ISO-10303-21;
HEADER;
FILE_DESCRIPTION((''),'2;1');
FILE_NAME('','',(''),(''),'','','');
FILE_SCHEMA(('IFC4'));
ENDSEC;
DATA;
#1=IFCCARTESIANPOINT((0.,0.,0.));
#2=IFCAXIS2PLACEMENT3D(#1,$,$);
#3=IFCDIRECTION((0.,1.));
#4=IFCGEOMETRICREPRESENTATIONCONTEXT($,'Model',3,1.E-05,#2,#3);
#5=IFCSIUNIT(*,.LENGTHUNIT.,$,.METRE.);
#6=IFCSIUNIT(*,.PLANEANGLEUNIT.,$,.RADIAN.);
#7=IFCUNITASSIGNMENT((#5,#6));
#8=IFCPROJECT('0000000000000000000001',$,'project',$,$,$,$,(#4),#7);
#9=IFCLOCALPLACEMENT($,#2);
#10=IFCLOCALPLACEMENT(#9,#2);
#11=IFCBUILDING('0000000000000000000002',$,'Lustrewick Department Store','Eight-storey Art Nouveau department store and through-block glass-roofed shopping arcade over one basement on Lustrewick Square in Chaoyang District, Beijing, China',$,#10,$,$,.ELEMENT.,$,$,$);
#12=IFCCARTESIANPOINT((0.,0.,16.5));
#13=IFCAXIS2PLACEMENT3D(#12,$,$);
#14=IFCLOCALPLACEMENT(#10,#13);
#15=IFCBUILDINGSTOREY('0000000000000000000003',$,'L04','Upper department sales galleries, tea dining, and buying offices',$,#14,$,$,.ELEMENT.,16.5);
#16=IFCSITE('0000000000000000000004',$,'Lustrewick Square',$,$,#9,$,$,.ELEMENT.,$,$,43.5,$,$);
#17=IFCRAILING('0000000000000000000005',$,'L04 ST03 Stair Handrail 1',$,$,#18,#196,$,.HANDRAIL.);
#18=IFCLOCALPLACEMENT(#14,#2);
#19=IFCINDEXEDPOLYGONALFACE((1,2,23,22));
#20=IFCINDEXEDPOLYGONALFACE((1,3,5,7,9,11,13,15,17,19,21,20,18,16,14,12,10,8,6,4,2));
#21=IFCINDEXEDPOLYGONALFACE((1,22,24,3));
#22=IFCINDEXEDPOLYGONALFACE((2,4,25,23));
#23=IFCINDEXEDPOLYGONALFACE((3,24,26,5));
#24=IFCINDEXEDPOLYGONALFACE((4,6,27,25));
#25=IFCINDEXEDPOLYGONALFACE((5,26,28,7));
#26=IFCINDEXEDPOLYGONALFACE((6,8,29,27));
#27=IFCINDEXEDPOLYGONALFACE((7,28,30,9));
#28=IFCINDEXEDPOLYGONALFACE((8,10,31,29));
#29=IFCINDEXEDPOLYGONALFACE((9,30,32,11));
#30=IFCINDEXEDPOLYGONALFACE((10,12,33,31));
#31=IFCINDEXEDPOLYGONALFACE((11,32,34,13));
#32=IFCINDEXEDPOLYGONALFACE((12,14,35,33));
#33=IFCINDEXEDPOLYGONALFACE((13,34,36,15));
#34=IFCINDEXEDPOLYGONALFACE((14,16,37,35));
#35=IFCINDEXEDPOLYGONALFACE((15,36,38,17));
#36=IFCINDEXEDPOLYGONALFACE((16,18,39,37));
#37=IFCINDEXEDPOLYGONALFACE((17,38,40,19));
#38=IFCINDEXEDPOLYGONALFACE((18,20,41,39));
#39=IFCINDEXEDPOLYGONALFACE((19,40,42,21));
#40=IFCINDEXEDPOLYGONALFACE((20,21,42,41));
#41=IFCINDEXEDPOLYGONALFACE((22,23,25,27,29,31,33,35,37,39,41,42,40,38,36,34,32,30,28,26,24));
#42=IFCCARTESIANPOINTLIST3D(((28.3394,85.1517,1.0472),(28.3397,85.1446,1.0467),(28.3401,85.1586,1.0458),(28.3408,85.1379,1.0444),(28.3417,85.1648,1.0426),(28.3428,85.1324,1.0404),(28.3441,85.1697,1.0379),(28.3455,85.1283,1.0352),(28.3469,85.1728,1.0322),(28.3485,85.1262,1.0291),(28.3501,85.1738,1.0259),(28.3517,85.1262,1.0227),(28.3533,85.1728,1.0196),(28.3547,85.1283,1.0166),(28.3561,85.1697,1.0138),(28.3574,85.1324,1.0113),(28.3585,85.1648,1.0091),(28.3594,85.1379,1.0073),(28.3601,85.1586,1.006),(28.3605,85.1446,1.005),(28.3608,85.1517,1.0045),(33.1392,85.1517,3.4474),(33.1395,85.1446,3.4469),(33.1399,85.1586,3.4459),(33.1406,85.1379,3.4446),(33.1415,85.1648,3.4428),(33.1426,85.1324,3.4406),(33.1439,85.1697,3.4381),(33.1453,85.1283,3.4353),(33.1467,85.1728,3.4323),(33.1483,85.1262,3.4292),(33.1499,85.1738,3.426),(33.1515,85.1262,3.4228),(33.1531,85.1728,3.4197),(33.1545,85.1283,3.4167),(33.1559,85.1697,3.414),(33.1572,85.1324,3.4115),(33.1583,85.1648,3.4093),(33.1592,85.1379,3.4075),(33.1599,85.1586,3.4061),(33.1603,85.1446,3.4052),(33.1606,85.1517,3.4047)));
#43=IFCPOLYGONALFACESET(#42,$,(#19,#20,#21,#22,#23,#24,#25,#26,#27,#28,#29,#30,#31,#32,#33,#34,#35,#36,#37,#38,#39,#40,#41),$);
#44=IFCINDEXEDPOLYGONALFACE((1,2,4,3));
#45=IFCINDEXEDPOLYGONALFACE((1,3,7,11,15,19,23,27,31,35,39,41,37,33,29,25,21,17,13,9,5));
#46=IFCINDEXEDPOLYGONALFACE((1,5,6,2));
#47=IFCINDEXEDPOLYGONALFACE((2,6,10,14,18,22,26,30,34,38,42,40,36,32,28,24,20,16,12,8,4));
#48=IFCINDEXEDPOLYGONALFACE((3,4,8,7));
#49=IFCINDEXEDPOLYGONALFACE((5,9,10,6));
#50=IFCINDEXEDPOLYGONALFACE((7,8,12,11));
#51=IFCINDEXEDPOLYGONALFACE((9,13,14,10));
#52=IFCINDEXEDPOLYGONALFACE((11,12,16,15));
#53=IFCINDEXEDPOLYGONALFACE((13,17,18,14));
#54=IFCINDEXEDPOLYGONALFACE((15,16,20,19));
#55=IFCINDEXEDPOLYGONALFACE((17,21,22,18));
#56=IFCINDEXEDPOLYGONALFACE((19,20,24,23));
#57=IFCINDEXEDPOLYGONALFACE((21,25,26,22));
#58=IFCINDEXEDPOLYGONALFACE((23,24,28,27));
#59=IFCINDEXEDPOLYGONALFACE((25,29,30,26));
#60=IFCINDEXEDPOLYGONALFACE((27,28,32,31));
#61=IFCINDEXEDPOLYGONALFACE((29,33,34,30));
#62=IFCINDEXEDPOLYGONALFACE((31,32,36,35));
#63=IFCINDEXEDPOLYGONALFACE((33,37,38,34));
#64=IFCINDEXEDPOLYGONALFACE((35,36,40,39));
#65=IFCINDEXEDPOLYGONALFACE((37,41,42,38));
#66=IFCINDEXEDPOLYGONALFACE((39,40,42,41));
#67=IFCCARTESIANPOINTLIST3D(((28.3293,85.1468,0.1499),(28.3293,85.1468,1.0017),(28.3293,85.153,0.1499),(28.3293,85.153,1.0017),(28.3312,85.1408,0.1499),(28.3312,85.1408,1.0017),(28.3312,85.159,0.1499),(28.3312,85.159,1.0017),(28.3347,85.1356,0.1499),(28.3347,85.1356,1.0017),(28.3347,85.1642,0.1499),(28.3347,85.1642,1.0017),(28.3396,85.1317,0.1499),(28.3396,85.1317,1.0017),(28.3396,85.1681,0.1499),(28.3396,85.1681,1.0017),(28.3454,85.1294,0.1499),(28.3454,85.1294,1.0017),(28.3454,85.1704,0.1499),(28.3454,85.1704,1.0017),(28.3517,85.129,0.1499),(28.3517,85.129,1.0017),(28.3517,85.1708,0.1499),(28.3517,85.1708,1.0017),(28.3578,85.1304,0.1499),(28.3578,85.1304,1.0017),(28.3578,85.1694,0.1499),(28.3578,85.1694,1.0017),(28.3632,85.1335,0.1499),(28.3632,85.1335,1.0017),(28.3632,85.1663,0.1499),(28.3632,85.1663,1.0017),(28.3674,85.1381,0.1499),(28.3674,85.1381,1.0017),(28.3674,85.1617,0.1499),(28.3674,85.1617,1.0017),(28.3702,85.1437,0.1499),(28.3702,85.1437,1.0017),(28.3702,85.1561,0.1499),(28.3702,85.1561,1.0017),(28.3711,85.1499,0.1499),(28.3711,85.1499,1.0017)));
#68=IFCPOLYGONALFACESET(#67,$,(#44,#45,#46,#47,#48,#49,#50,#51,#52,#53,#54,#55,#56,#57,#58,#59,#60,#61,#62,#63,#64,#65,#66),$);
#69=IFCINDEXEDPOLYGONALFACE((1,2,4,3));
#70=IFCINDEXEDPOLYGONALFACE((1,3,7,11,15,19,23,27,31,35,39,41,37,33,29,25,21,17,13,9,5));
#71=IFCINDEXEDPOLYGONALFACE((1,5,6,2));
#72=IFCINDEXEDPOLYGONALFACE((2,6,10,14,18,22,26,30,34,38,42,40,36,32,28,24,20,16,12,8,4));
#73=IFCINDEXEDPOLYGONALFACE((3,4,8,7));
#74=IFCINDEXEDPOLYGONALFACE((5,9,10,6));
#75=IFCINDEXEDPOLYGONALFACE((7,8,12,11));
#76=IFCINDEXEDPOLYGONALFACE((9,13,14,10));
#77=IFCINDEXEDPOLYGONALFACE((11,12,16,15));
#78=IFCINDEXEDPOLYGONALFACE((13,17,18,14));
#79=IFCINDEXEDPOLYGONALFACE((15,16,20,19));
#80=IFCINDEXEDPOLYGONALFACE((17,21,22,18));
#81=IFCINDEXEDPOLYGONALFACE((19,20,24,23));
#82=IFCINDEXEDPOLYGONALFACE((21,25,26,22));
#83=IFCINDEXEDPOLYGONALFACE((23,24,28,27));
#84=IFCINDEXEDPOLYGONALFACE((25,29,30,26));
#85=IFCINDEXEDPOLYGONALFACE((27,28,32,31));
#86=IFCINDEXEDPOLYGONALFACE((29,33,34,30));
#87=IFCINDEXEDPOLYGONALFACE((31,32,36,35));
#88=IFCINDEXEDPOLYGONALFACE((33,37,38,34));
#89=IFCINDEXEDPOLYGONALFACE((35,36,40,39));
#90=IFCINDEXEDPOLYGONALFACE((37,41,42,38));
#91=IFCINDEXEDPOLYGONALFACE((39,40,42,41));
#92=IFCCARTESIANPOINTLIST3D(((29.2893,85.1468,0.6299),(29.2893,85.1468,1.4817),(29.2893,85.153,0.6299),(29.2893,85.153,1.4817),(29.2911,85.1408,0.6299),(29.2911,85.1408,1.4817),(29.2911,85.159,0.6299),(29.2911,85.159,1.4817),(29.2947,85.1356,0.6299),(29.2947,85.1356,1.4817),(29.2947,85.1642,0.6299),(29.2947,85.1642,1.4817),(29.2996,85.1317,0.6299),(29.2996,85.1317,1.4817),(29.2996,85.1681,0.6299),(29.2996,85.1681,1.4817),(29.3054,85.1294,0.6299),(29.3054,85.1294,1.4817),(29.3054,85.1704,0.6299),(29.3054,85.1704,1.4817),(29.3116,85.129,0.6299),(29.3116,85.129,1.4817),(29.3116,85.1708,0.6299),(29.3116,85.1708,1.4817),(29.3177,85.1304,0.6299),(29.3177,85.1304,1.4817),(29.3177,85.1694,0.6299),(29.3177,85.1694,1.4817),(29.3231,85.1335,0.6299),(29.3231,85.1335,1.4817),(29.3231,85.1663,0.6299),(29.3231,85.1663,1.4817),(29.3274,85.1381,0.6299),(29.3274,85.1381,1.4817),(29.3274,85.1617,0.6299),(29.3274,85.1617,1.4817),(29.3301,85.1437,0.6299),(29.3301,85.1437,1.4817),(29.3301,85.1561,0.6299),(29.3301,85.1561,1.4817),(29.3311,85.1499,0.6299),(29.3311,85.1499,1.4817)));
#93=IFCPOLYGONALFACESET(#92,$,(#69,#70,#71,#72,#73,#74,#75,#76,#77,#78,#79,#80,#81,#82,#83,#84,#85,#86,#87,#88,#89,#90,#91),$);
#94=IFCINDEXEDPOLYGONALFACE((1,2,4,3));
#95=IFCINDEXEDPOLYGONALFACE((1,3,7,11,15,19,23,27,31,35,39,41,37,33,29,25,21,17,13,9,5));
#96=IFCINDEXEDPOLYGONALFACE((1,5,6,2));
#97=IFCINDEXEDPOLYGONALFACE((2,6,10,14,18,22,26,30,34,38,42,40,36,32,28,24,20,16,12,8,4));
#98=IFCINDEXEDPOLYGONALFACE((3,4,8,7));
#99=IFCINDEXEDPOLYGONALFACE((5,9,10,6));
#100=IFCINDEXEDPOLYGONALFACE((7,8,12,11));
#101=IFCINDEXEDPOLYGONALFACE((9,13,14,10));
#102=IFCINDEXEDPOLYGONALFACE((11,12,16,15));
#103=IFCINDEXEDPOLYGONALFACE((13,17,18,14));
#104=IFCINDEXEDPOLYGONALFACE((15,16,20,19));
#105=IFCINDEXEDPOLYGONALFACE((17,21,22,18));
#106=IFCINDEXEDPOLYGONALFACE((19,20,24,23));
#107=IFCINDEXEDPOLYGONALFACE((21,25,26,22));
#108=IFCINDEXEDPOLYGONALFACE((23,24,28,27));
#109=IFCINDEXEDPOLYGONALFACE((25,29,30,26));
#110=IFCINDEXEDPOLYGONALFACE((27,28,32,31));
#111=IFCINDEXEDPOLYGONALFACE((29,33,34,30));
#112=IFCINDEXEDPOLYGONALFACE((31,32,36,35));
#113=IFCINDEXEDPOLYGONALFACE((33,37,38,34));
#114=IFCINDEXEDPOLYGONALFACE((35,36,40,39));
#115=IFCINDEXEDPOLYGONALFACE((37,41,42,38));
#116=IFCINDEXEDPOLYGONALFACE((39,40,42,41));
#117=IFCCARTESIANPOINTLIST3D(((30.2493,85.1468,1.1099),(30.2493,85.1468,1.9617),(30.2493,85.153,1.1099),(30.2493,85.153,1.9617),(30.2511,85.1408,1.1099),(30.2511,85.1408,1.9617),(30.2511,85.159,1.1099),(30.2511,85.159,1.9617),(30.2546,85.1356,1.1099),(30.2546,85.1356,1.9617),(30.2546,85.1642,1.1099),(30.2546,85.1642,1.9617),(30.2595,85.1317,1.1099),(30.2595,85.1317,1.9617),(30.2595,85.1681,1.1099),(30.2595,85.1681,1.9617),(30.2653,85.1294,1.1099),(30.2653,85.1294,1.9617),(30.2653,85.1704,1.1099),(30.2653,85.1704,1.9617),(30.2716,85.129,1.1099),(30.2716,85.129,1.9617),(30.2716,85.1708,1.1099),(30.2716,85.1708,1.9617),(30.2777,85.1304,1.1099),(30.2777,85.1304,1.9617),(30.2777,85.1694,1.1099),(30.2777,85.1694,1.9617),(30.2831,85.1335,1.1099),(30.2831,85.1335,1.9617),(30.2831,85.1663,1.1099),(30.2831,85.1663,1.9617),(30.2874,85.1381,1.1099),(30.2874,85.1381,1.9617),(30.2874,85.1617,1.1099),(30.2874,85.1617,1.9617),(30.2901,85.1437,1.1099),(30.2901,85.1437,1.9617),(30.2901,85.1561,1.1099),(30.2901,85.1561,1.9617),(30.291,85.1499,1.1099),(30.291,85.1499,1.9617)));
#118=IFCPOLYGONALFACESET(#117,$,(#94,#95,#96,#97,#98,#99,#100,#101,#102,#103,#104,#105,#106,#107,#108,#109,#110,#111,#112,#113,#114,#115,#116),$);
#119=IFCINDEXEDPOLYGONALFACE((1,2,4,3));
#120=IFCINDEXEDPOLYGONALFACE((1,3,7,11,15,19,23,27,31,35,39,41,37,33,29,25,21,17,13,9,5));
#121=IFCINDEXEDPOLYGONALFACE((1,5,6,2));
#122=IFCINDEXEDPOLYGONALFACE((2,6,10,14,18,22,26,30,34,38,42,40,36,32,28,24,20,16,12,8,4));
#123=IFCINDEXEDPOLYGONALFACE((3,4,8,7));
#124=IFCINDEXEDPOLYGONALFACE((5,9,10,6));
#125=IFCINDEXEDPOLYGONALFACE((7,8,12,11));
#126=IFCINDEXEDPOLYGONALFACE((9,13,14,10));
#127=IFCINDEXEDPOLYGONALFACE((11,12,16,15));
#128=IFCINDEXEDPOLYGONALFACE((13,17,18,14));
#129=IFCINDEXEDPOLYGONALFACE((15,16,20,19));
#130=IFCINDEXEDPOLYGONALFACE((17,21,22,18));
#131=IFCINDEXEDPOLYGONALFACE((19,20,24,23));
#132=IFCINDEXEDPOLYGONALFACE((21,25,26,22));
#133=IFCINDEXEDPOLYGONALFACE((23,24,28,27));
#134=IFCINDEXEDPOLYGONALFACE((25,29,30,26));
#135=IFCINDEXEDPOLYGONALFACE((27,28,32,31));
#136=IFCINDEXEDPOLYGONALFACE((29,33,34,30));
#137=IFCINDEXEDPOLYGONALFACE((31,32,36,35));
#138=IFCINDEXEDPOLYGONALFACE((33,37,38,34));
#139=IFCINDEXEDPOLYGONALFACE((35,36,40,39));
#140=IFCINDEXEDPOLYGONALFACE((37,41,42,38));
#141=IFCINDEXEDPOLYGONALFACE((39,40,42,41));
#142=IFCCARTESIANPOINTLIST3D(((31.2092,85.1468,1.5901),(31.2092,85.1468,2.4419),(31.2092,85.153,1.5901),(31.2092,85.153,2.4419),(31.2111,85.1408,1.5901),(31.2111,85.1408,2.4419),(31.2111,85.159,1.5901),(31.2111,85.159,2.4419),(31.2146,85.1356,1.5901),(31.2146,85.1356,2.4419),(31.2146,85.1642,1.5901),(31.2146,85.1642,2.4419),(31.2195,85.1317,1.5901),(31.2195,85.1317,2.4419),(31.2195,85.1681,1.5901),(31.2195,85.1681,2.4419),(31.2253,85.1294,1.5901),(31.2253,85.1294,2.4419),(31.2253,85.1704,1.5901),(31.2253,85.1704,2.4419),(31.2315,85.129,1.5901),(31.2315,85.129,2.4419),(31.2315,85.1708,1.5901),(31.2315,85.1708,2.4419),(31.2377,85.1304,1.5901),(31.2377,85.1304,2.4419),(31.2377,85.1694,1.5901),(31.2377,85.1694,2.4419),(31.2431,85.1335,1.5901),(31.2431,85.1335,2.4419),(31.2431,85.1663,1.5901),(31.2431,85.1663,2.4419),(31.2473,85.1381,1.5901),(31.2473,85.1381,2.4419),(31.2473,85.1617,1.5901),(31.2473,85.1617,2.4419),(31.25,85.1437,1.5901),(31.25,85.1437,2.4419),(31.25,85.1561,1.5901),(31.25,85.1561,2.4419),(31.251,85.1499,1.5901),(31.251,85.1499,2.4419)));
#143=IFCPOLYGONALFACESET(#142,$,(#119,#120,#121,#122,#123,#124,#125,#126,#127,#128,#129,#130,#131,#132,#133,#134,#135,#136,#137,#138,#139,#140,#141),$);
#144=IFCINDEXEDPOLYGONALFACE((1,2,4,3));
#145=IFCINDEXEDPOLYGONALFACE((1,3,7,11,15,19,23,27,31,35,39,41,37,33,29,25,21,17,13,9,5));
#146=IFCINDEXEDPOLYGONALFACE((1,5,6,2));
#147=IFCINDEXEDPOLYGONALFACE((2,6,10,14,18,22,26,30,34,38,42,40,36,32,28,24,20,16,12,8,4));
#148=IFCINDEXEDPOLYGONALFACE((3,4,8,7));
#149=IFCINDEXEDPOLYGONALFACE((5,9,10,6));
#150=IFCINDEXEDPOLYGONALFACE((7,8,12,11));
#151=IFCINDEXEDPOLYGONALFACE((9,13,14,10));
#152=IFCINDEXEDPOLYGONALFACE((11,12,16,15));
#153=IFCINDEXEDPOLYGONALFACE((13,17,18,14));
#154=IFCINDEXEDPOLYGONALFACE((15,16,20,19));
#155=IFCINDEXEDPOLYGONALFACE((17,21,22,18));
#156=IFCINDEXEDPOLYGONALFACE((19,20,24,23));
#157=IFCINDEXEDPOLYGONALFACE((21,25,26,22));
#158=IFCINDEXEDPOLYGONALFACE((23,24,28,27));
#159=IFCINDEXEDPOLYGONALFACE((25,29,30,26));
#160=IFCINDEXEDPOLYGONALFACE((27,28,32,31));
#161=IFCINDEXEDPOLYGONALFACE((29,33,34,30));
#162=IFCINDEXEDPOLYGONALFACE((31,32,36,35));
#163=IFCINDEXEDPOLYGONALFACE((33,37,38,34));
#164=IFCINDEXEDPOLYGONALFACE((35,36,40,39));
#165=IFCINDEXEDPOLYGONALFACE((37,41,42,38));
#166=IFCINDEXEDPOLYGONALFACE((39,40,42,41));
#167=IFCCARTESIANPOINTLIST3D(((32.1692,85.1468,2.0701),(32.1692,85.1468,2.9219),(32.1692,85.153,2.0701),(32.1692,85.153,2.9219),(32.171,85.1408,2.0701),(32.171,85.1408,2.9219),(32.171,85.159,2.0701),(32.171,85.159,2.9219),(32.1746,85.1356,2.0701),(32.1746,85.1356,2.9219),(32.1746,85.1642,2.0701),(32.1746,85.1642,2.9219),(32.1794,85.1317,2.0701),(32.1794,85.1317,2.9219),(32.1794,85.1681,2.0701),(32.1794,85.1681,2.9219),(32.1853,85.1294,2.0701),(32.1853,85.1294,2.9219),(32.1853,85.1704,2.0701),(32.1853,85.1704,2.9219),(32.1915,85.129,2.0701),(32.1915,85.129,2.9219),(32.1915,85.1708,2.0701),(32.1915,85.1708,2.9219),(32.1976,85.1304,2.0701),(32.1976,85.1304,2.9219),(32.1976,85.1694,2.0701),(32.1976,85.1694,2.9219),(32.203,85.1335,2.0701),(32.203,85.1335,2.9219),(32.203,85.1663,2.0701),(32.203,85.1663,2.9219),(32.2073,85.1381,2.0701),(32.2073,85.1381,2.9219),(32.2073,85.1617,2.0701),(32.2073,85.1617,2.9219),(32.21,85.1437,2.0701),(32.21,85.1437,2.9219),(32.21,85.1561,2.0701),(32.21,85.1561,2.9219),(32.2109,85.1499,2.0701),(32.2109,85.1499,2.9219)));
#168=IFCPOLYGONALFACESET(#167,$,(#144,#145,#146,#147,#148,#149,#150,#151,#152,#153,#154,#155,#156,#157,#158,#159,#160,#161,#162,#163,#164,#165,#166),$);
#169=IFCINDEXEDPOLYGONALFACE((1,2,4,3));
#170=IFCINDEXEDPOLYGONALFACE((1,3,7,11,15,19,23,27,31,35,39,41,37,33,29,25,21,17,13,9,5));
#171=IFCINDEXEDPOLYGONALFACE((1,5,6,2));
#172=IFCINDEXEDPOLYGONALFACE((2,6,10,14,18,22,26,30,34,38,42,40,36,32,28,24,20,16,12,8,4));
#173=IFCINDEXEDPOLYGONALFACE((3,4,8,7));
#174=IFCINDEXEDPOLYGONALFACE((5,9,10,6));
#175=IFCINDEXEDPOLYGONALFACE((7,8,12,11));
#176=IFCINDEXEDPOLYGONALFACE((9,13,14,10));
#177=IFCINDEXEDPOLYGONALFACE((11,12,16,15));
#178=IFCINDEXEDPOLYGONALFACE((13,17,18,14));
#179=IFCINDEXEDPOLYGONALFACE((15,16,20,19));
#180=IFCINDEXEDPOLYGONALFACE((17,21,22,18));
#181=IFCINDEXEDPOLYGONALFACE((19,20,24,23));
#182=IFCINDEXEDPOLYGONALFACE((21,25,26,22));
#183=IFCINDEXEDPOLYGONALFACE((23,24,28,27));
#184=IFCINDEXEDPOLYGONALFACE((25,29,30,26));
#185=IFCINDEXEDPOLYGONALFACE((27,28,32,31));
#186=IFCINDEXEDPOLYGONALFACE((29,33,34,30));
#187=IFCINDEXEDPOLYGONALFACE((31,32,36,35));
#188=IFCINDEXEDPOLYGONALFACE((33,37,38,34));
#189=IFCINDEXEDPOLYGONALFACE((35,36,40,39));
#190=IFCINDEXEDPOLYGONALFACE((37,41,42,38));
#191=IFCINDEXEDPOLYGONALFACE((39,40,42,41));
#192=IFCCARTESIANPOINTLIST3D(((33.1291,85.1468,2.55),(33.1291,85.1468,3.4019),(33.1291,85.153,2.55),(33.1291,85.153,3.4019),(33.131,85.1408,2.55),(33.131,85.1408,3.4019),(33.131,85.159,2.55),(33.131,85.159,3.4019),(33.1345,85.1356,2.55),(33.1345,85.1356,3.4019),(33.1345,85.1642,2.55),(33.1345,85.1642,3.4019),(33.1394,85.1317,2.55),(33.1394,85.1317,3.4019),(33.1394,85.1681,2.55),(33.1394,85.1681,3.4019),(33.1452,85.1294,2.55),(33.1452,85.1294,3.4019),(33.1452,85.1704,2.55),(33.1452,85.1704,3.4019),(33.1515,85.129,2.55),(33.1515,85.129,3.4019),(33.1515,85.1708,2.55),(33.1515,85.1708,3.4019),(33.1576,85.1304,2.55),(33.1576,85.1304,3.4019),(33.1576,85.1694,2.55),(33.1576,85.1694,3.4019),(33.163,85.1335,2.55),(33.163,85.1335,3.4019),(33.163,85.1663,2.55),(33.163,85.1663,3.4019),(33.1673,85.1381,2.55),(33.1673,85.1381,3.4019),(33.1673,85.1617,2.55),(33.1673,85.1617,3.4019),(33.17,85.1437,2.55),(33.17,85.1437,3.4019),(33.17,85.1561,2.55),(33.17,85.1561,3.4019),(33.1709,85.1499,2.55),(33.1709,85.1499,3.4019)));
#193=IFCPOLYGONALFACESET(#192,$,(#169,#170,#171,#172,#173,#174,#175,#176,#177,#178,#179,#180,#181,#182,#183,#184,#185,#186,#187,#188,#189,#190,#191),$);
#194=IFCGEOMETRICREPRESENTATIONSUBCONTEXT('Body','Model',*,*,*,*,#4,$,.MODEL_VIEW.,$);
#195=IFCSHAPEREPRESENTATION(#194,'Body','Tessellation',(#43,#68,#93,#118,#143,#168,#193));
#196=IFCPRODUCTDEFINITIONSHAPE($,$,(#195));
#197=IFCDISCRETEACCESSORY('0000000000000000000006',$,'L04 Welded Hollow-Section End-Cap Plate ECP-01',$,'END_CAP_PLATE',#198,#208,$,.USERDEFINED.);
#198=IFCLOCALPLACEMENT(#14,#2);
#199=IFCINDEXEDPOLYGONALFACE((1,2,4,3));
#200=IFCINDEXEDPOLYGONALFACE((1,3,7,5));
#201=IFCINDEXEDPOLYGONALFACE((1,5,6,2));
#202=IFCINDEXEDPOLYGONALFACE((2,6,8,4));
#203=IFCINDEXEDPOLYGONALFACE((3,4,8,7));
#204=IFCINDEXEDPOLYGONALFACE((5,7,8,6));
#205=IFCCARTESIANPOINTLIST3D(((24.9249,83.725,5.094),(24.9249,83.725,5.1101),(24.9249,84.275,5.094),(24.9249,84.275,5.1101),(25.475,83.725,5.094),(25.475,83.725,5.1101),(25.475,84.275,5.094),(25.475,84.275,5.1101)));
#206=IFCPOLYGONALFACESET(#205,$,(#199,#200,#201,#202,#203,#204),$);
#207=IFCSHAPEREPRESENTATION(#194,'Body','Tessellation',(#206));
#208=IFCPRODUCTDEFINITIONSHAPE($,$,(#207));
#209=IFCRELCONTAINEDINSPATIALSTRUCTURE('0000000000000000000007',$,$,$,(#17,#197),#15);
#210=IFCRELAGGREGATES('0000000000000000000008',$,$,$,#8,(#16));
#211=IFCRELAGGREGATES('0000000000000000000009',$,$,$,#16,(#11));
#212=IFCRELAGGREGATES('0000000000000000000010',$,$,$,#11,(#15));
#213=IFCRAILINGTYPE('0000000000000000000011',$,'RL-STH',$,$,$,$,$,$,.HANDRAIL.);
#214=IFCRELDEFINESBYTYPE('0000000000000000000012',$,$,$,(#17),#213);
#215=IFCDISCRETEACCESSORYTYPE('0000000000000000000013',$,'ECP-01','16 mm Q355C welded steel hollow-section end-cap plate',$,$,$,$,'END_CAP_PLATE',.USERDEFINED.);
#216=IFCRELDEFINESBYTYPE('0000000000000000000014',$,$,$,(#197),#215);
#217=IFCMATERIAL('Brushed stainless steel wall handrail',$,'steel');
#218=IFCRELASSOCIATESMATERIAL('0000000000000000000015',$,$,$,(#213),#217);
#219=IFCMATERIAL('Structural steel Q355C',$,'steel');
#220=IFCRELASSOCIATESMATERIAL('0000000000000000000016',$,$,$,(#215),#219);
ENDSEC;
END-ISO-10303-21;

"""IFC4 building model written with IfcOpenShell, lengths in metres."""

from ifc_helpers import new_model, si_unit, direction, frame, origin, origin_2d, place, context, subcontext, project, spatial, rectangle, circle, extrude, material, type_object, element, save


model = new_model("IFC4")

# Units and contexts
model_context = context("Model", 3, precision=1e-05, world=origin(), true_north=direction((0.0, 1.0)))
body_context = subcontext(model_context, "Body", "Model", "MODEL_VIEW")
ifc_project = project(units=[si_unit("LENGTHUNIT", "METRE"), si_unit("PLANEANGLEUNIT", "RADIAN")], contexts=[model_context])

# Site, building, storey
site_placement = place(None, origin())
site = spatial("IfcSite", under=ifc_project, at=site_placement, Name="Lustrewick Square", CompositionType="ELEMENT", RefElevation=43.5)
building_placement = place(site_placement, origin())
building = spatial("IfcBuilding", under=site, at=building_placement, Name="Lustrewick Department Store", Description="Eight-storey Art Nouveau department store and through-block glass-roofed shopping arcade over one basement on Lustrewick Square in Chaoyang District, Beijing, China", CompositionType="ELEMENT")
storey_placement = place(building_placement, frame((0.0, 0.0, 16.5)))
storey = spatial("IfcBuildingStorey", under=building, at=storey_placement, Name="L04", Description="Upper department sales galleries, tea dining, and buying offices", CompositionType="ELEMENT", Elevation=16.5)

# Shared definitions
ifc_material_1 = material(Name="Structural steel Q355C", Category="steel")

# Railing
ifc_material_2 = material(Name="Brushed stainless steel wall handrail", Category="steel")
railing_type_1 = type_object("IfcRailingType", Name="RL-STH", PredefinedType="HANDRAIL", material=ifc_material_2)
railing_1_placement = place(storey_placement, frame((28.3501, 85.1499, 0.1499)))
element("IfcRailing", 1, at=railing_1_placement, inside=storey, type_object=railing_type_1, Name="L04 ST03 Stair Handrail 1", PredefinedType="HANDRAIL", context=body_context, shape_type="SweptSolid", body=[
    extrude(circle(Radius=0.0239, at=origin_2d()), frame((0.0, 0.0, 0.876), z_axis=(0.894409, 0.0, 0.44725), x_axis=(0.0, 1.0, 0.0)), (0.0, 0.0, 1.0), 5.3665),
    extrude(circle(Radius=0.021, at=origin_2d()), origin(), (0.0, 0.0, 1.0), 0.8518),
    extrude(circle(Radius=0.021, at=origin_2d()), frame((0.96, 0.0, 0.48)), (0.0, 0.0, 1.0), 0.8518),
    extrude(circle(Radius=0.021, at=origin_2d()), frame((1.9199, 0.0, 0.96)), (0.0, 0.0, 1.0), 0.8518),
    extrude(circle(Radius=0.021, at=origin_2d()), frame((2.8799, 0.0, 1.4402)), (0.0, 0.0, 1.0), 0.8518),
    extrude(circle(Radius=0.021, at=origin_2d()), frame((3.8398, 0.0, 1.9202)), (0.0, 0.0, 1.0), 0.8518),
    extrude(circle(Radius=0.021, at=origin_2d()), frame((4.7998, 0.0, 2.4001)), (0.0, 0.0, 1.0), 0.8518),
])

# Discrete accessory
discrete_accessory_type = type_object("IfcDiscreteAccessoryType", Name="ECP-01", Description="16 mm Q355C welded steel hollow-section end-cap plate", ElementType="END_CAP_PLATE", PredefinedType="USERDEFINED", material=ifc_material_1)
discrete_accessory_placement = place(storey_placement, frame((25.2, 84.0, 5.094), z_axis=(0.0, 0.0, 1.0), x_axis=(1.0, 0.0, 0.0)))
element("IfcDiscreteAccessory", 2, at=discrete_accessory_placement, inside=storey, type_object=discrete_accessory_type, Name="L04 Welded Hollow-Section End-Cap Plate ECP-01", ObjectType="END_CAP_PLATE", PredefinedType="USERDEFINED", context=body_context, shape_type="SweptSolid", body=[
    extrude(rectangle(XDim=0.55, YDim=0.55, at=origin_2d()), origin(), (0.0, 0.0, 1.0), 0.0161),
])

save(model, "model.ifc")
